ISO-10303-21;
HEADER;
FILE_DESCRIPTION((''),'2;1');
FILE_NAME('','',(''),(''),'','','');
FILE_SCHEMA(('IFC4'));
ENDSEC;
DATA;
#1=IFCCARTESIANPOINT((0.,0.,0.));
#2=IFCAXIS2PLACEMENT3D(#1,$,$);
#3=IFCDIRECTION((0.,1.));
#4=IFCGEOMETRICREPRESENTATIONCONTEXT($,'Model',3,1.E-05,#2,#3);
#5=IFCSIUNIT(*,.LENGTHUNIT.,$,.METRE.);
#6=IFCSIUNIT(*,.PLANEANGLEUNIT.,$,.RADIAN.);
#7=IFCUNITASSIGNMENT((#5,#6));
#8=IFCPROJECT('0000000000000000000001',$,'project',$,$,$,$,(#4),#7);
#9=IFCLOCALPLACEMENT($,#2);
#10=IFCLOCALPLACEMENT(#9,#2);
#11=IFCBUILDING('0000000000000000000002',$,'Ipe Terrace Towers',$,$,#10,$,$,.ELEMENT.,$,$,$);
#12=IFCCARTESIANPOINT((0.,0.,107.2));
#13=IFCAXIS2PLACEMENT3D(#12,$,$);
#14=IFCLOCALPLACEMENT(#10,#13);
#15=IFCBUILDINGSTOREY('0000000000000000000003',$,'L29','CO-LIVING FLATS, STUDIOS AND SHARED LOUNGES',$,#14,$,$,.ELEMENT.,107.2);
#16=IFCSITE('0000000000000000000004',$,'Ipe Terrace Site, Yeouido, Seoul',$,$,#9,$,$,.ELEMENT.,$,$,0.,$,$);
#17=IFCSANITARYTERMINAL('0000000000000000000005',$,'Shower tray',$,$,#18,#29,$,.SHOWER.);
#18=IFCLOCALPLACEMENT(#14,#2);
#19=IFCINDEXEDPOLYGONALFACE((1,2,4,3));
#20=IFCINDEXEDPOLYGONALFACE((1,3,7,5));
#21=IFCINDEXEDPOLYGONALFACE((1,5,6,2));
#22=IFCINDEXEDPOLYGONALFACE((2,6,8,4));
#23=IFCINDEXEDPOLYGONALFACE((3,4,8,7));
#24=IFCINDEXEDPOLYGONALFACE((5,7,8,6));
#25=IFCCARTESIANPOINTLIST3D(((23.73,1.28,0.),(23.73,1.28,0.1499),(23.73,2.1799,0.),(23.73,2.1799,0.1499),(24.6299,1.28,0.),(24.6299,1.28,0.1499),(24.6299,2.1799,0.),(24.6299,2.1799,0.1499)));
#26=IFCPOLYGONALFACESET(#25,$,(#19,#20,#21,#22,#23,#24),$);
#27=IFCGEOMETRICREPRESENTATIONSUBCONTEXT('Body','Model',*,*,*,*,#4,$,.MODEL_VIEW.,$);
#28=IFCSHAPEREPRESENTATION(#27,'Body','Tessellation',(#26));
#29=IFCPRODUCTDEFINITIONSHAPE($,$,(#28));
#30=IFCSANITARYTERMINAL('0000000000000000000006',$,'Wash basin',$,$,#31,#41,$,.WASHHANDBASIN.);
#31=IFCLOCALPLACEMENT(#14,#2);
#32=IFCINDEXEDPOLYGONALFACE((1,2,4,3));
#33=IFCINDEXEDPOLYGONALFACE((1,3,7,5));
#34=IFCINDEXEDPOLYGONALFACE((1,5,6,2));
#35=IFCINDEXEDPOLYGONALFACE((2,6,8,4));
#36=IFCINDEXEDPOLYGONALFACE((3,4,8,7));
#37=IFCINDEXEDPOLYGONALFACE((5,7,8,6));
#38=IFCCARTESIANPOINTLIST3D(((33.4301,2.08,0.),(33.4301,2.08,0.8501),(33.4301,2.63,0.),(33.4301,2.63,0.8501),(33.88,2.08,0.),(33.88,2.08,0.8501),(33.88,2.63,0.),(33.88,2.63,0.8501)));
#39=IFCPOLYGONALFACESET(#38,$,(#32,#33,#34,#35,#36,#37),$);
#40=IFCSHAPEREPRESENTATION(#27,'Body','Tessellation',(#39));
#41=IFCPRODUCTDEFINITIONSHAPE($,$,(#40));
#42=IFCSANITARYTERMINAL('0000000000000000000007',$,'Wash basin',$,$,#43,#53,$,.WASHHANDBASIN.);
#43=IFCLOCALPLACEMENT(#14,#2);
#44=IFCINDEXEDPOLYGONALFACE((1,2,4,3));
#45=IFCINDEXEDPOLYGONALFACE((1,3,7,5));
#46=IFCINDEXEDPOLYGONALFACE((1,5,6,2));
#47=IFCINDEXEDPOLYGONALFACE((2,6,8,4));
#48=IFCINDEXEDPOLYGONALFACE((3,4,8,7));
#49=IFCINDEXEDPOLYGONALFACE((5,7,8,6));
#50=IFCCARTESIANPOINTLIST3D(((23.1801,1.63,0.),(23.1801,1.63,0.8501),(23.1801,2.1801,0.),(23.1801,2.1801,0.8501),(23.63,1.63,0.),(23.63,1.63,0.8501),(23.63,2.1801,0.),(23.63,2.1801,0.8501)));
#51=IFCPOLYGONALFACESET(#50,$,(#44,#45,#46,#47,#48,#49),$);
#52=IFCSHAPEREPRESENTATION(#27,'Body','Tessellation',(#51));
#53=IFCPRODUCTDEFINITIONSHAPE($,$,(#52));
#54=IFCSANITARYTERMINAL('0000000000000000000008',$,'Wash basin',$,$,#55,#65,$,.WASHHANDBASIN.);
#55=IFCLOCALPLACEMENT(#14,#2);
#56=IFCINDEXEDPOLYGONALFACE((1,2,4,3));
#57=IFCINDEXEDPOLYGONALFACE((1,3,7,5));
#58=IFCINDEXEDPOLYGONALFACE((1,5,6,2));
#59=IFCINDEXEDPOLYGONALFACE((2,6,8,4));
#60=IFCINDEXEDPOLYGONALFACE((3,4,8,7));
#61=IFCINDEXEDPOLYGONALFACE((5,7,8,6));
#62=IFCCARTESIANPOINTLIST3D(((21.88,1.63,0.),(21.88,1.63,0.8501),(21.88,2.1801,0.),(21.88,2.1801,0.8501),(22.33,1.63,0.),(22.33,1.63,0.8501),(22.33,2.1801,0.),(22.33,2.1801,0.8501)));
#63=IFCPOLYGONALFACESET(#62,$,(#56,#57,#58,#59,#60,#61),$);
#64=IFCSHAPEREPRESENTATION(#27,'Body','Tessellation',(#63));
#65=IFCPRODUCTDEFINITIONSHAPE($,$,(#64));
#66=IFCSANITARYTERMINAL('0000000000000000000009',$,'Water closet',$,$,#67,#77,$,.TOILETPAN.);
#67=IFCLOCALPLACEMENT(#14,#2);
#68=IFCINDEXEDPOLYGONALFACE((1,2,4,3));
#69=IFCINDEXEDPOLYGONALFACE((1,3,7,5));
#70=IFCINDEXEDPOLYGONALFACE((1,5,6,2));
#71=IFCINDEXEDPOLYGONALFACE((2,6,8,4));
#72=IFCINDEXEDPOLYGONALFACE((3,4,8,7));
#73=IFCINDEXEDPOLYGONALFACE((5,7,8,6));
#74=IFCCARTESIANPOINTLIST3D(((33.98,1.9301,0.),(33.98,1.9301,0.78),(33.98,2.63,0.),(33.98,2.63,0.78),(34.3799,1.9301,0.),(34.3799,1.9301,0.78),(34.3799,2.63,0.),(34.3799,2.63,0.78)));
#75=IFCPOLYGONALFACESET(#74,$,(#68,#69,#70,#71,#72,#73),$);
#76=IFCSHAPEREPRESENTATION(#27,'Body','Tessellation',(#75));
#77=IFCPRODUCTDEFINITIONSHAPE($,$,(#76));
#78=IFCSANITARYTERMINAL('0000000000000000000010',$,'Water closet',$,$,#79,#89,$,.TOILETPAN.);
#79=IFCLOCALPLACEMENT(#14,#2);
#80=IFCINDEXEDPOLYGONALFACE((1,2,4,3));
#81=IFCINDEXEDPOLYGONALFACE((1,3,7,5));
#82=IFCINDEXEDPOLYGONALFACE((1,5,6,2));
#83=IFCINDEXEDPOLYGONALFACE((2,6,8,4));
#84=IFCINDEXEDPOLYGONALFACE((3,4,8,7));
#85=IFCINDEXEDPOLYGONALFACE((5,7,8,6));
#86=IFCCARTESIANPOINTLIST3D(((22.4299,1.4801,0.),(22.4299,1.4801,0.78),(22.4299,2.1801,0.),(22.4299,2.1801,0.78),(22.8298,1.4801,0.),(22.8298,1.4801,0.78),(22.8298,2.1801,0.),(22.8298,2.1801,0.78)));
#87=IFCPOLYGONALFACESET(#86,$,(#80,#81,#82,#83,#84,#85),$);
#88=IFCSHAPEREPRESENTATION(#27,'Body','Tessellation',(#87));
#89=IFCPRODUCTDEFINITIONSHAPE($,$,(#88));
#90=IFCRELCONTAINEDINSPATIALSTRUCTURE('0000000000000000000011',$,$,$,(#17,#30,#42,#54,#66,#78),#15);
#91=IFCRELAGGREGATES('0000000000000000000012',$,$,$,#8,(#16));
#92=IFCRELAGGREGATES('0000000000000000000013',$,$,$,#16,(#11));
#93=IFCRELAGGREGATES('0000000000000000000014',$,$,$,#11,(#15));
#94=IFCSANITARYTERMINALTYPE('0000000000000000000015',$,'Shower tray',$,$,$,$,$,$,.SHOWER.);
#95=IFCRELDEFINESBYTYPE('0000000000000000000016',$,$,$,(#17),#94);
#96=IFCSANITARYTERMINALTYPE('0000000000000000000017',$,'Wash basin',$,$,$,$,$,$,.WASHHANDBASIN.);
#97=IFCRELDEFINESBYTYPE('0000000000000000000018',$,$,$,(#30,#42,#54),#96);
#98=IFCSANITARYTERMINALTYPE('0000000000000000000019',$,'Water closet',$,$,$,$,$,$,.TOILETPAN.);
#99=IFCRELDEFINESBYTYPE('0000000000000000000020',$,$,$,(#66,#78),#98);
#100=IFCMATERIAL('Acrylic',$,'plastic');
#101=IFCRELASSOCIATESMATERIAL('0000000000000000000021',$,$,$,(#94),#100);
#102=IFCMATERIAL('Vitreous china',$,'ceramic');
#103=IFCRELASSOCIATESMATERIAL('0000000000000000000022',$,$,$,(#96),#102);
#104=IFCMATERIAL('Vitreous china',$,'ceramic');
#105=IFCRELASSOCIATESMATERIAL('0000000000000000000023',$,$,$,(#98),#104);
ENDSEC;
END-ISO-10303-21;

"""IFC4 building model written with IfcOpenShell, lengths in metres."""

from ifc_helpers import new_model, si_unit, direction, frame, origin, origin_2d, place, context, subcontext, project, spatial, rectangle, extrude, material, type_object, element, save


model = new_model("IFC4")

# Units and contexts
model_context = context("Model", 3, precision=1e-05, world=origin(), true_north=direction((0.0, 1.0)))
body_context = subcontext(model_context, "Body", "Model", "MODEL_VIEW")
ifc_project = project(units=[si_unit("LENGTHUNIT", "METRE"), si_unit("PLANEANGLEUNIT", "RADIAN")], contexts=[model_context])

# Site, building, storey
site_placement = place(None, origin())
site = spatial("IfcSite", under=ifc_project, at=site_placement, Name="Ipe Terrace Site, Yeouido, Seoul", CompositionType="ELEMENT", RefElevation=0.0)
building_placement = place(site_placement, origin())
building = spatial("IfcBuilding", under=site, at=building_placement, Name="Ipe Terrace Towers", CompositionType="ELEMENT")
storey_placement = place(building_placement, frame((0.0, 0.0, 107.2)))
storey = spatial("IfcBuildingStorey", under=building, at=storey_placement, Name="L29", Description="CO-LIVING FLATS, STUDIOS AND SHARED LOUNGES", CompositionType="ELEMENT", Elevation=107.2)

# Sanitary terminals
ifc_material_1 = material(Name="Acrylic", Category="plastic")
sanitary_terminal_type_1 = type_object("IfcSanitaryTerminalType", Name="Shower tray", PredefinedType="SHOWER", material=ifc_material_1)
sanitary_terminal_1_placement = place(storey_placement, frame((24.1799, 1.73, 0.0), z_axis=(0.0, 0.0, 1.0), x_axis=(0.0, -1.0, 0.0)))
element("IfcSanitaryTerminal", 1, at=sanitary_terminal_1_placement, inside=storey, type_object=sanitary_terminal_type_1, Name="Shower tray", PredefinedType="SHOWER", context=body_context, shape_type="SweptSolid", body=[
    extrude(rectangle(XDim=0.8999, YDim=0.8999, at=origin_2d()), origin(), (0.0, 0.0, 1.0), 0.1499),
])
ifc_material_2 = material(Name="Vitreous china", Category="ceramic")
sanitary_terminal_type_2 = type_object("IfcSanitaryTerminalType", Name="Wash basin", PredefinedType="WASHHANDBASIN", material=ifc_material_2)
for number, where, z_axis, x_axis, name in (
    (2, (33.655, 2.355, 0.0), (0.0, 0.0, 1.0), (0.0, -1.0, 0.0), "Wash basin"),
    (3, (23.405, 1.905, 0.0), (0.0, 0.0, 1.0), (0.0, -1.0, 0.0), "Wash basin"),
    (4, (22.105, 1.905, 0.0), (0.0, 0.0, 1.0), (0.0, -1.0, 0.0), "Wash basin"),
):
    element("IfcSanitaryTerminal", number, at=place(storey_placement, frame(where, z_axis=z_axis, x_axis=x_axis)), inside=storey, type_object=sanitary_terminal_type_2, Name=name, PredefinedType="WASHHANDBASIN", context=body_context, shape_type="SweptSolid", body=[
        extrude(rectangle(XDim=0.55, YDim=0.45, at=origin_2d()), origin(), (0.0, 0.0, 1.0), 0.8501),
    ])
ifc_material_3 = material(Name="Vitreous china", Category="ceramic")
sanitary_terminal_type_3 = type_object("IfcSanitaryTerminalType", Name="Water closet", PredefinedType="TOILETPAN", material=ifc_material_3)
for number, where, z_axis, x_axis, name in (
    (5, (34.1799, 2.28, 0.0), (0.0, 0.0, 1.0), (0.0, -1.0, 0.0), "Water closet"),
    (6, (22.6299, 1.8301, 0.0), (0.0, 0.0, 1.0), (0.0, -1.0, 0.0), "Water closet"),
):
    element("IfcSanitaryTerminal", number, at=place(storey_placement, frame(where, z_axis=z_axis, x_axis=x_axis)), inside=storey, type_object=sanitary_terminal_type_3, Name=name, PredefinedType="TOILETPAN", context=body_context, shape_type="SweptSolid", body=[
        extrude(rectangle(XDim=0.7, YDim=0.3999, at=origin_2d()), origin(), (0.0, 0.0, 1.0), 0.78),
    ])

save(model, "model.ifc")
